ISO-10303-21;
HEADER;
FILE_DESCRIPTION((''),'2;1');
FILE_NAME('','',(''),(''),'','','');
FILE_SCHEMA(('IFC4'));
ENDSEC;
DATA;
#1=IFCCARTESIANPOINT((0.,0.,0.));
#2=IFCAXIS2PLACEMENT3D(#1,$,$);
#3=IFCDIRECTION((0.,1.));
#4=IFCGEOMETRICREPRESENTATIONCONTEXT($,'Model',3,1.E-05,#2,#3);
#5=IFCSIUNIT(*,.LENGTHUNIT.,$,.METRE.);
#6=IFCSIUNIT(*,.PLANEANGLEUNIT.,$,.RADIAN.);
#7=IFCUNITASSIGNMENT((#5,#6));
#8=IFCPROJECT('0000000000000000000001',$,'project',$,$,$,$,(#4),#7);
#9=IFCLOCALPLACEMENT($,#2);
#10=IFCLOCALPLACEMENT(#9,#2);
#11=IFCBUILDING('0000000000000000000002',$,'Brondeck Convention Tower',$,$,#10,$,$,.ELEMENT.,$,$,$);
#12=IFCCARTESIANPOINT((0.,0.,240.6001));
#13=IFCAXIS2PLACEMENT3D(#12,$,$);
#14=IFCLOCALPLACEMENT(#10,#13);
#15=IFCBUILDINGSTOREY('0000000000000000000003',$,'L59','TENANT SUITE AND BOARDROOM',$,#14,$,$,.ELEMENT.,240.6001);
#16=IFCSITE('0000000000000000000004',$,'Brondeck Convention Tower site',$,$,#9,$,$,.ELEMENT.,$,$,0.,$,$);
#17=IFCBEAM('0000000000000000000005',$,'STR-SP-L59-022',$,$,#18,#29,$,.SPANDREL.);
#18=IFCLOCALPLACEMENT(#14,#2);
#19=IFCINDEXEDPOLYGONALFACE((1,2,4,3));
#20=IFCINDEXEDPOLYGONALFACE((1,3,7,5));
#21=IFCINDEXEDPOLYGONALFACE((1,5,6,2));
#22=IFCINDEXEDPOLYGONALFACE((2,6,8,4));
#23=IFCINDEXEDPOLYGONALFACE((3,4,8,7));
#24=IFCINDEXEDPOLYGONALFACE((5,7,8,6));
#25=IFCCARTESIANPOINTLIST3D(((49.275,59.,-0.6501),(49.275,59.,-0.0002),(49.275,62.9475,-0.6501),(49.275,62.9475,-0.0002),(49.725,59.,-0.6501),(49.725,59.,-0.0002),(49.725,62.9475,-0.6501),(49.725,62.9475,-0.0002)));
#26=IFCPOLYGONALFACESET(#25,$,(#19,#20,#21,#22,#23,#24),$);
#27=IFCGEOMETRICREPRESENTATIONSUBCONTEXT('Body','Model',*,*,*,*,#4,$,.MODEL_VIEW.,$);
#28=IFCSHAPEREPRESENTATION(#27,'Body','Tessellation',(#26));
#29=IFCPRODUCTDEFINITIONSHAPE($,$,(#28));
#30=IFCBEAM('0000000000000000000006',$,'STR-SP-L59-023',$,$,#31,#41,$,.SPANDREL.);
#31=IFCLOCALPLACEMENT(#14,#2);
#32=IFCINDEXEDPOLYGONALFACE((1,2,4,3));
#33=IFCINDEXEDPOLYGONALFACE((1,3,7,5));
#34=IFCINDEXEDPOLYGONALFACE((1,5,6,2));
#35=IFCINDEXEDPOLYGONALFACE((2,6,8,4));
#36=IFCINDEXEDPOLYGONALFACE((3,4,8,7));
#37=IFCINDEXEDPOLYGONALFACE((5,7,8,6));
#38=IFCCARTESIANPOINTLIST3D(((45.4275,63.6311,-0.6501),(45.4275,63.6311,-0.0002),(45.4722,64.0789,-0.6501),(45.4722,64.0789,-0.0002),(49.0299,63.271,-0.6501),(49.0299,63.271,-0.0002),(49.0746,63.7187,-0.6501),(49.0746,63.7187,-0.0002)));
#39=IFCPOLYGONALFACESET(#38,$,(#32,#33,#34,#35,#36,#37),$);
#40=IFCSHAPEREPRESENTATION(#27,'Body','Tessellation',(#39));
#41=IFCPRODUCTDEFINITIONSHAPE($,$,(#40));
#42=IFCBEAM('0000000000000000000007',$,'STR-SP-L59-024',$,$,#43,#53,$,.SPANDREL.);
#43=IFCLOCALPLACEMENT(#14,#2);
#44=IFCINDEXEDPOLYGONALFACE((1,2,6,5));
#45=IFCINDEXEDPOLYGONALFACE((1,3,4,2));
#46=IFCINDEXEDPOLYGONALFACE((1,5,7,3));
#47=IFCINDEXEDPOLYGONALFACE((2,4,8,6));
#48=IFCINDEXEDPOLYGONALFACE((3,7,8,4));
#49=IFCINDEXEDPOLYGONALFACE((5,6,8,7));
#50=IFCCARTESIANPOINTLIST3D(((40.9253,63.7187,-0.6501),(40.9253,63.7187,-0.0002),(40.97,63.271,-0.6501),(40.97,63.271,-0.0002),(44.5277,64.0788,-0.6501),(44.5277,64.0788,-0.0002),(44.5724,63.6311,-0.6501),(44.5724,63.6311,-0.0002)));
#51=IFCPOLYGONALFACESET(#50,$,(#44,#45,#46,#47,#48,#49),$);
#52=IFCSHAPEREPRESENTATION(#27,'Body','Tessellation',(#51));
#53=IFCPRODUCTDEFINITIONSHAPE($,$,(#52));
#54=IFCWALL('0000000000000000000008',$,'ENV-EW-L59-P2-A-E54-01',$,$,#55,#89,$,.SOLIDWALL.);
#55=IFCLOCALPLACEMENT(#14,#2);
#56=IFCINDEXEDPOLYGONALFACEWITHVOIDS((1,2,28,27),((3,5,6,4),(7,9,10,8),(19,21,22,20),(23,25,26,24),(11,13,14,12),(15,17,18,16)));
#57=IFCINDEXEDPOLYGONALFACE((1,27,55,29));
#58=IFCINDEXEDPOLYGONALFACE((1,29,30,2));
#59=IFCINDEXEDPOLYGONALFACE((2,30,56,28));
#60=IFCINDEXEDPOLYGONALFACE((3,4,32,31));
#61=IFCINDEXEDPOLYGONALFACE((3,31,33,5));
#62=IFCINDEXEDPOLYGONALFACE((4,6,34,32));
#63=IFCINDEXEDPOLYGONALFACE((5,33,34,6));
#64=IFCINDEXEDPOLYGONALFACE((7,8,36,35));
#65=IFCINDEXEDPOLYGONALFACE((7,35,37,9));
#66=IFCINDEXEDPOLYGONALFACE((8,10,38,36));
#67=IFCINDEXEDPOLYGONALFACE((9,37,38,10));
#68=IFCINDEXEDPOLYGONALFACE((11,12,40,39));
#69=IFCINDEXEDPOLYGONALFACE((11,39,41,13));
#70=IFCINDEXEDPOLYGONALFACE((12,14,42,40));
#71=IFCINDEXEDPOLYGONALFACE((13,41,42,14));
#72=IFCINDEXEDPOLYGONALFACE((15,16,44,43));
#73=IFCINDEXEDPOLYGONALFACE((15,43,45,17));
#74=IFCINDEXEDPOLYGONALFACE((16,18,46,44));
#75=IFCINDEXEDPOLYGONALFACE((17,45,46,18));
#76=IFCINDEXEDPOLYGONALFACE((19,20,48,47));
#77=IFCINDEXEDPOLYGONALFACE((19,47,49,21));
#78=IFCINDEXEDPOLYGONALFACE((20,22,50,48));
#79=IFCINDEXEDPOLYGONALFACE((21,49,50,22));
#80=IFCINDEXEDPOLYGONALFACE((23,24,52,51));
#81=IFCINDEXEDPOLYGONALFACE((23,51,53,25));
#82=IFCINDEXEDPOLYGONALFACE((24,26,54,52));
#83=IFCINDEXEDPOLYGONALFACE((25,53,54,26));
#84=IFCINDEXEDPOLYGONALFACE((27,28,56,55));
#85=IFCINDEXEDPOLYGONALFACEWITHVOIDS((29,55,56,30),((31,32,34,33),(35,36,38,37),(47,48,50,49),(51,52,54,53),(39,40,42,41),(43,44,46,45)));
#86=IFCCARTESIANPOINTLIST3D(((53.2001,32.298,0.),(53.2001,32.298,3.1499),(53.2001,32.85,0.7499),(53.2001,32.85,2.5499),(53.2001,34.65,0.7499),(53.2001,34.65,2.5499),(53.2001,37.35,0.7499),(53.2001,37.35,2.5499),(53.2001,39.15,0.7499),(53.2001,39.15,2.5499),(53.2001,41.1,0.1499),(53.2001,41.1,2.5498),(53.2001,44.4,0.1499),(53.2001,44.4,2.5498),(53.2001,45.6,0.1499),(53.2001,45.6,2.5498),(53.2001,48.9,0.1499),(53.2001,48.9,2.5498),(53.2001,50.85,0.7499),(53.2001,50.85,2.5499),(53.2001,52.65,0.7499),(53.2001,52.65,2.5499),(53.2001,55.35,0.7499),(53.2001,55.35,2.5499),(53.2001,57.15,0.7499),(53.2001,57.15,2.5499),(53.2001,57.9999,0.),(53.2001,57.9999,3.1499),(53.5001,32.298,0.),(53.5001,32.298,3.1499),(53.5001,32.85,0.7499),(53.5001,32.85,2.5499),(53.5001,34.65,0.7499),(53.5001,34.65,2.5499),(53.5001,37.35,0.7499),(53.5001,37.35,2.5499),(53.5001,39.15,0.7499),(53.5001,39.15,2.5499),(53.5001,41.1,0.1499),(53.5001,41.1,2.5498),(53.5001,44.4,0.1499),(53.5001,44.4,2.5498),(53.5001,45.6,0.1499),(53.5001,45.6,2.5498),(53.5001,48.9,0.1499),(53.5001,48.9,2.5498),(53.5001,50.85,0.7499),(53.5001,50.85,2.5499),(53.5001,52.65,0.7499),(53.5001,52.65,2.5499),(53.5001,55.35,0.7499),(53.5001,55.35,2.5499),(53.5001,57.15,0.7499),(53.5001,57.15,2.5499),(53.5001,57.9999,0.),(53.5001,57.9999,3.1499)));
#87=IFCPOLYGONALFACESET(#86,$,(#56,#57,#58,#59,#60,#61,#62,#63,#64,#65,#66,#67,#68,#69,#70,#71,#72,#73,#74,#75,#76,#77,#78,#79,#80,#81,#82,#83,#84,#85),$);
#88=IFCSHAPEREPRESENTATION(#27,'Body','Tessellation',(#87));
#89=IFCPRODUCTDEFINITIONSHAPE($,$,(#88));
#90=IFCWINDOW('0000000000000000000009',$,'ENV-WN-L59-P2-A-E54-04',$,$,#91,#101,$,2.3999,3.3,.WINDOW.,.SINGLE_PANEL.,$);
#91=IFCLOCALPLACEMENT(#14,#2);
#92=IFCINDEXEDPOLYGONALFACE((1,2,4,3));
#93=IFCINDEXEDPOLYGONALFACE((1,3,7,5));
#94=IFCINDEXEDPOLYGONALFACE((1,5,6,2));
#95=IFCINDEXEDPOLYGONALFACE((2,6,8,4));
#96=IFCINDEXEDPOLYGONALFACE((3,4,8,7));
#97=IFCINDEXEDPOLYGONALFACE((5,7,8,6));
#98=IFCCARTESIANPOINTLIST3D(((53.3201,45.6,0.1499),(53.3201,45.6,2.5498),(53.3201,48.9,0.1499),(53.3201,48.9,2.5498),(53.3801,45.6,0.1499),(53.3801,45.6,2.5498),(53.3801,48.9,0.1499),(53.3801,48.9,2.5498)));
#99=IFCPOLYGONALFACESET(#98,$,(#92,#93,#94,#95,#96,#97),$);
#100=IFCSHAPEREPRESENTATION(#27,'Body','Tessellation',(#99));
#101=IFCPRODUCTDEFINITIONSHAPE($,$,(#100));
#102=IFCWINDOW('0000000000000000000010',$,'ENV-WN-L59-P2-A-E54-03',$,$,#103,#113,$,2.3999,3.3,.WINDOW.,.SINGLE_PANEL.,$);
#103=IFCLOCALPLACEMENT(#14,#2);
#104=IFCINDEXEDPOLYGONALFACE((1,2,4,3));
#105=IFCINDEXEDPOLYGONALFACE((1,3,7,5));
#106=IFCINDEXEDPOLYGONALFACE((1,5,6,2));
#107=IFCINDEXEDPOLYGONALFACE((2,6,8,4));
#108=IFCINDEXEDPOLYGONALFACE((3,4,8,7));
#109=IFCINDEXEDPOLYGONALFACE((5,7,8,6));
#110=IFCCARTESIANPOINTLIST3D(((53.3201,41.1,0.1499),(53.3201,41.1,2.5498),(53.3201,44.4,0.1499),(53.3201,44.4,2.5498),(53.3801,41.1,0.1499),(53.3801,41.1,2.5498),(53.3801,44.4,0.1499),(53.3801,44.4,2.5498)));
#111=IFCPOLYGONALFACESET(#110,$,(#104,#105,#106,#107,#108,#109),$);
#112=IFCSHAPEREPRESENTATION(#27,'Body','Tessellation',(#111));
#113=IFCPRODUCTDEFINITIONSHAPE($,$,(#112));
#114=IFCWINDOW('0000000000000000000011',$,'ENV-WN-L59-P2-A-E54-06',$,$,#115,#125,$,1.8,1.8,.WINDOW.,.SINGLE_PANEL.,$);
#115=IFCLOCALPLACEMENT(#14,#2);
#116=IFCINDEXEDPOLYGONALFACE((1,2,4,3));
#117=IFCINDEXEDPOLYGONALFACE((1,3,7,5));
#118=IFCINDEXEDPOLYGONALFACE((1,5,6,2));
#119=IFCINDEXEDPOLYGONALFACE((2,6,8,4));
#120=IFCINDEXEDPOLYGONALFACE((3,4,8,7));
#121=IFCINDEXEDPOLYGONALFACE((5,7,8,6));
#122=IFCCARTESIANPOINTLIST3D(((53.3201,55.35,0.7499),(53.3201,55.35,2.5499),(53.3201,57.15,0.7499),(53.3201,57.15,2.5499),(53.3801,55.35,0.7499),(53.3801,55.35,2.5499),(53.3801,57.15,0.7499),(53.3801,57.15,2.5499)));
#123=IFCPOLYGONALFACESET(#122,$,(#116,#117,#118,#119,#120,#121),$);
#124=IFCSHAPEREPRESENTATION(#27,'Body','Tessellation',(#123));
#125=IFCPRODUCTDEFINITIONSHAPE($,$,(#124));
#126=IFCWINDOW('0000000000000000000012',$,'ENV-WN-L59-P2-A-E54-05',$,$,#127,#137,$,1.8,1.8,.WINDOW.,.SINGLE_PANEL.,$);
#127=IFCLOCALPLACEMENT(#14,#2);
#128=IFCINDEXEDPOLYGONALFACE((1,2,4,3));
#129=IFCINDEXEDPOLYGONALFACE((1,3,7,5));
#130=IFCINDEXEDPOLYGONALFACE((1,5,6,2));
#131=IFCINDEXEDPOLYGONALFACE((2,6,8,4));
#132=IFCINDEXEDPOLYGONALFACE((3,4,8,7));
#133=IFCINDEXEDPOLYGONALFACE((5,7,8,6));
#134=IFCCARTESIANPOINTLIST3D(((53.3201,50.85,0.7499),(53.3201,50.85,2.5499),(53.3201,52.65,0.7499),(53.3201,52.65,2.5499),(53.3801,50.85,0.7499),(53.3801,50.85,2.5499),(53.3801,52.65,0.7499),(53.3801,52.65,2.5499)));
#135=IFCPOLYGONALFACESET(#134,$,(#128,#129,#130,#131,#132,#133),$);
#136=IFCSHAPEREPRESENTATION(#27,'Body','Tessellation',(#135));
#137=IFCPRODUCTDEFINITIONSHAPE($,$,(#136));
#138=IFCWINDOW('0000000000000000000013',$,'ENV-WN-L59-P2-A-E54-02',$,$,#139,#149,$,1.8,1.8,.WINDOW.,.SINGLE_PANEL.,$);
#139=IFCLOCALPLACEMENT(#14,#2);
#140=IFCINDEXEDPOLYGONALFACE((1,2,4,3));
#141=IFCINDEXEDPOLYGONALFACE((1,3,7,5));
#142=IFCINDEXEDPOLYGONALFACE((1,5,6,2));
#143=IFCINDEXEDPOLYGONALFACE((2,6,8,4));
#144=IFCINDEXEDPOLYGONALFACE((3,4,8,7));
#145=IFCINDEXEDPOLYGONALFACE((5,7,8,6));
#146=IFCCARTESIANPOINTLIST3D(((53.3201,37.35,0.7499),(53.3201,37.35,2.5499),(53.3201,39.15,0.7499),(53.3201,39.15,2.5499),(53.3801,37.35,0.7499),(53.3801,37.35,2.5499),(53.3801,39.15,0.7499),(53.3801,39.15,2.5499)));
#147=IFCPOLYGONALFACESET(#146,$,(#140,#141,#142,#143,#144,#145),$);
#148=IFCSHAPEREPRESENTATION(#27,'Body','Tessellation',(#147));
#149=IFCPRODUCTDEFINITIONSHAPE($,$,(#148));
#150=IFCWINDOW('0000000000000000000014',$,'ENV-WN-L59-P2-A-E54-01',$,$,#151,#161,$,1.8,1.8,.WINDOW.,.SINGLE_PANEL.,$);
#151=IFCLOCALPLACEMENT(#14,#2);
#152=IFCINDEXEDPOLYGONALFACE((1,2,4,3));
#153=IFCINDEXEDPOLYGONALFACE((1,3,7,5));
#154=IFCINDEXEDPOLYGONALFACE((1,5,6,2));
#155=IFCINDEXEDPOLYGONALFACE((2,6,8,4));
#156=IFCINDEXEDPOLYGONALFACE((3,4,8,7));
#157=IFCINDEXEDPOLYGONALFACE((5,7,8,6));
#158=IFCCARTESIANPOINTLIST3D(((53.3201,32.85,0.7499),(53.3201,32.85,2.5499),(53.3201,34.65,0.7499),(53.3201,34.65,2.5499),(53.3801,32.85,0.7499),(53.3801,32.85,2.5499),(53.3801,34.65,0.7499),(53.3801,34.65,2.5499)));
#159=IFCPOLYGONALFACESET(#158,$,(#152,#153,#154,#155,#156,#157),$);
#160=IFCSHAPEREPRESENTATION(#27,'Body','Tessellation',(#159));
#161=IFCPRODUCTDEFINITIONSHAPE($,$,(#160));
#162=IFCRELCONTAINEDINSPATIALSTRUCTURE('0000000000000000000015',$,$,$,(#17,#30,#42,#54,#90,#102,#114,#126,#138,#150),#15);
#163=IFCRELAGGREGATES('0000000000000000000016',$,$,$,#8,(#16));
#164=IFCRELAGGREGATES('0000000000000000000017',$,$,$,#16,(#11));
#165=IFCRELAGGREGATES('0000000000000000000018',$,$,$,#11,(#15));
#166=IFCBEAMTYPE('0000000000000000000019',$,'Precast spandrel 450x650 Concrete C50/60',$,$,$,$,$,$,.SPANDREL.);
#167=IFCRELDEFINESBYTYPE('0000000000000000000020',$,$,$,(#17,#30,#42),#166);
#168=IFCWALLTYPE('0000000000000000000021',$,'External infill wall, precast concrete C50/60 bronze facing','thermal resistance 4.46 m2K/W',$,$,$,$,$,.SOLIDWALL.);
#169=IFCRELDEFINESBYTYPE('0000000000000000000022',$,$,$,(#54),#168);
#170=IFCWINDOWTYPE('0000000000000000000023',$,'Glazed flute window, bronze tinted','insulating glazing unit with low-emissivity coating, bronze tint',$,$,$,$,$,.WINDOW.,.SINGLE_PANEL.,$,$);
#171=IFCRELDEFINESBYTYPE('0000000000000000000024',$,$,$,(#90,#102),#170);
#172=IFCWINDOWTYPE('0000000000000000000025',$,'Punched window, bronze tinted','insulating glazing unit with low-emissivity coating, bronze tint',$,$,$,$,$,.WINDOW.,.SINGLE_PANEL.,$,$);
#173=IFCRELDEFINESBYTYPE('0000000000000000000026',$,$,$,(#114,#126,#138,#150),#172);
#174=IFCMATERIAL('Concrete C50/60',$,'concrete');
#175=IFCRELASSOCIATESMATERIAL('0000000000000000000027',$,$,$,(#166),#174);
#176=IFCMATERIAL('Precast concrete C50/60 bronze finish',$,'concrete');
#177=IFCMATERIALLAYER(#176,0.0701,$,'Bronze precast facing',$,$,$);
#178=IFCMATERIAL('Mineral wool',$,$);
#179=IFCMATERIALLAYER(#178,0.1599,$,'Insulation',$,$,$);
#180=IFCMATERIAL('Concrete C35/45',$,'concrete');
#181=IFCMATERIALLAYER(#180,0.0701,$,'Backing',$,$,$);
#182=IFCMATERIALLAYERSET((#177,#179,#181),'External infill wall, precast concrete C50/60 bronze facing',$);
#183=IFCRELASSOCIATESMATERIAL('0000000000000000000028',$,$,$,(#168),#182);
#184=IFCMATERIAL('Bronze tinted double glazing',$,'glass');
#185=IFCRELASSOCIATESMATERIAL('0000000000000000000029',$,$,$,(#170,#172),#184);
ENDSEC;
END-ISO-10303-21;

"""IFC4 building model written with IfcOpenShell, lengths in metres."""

from ifc_helpers import new_model, si_unit, direction, frame, frame_2d, origin, origin_2d, place, context, subcontext, project, spatial, rectangle, extrude, material, layer, layer_set, material_profile, profile_set, type_object, element, fill, save


model = new_model("IFC4")

# Units and contexts
model_context = context("Model", 3, precision=1e-05, world=origin(), true_north=direction((0.0, 1.0)))
body_context = subcontext(model_context, "Body", "Model", "MODEL_VIEW")
ifc_project = project(units=[si_unit("LENGTHUNIT", "METRE"), si_unit("PLANEANGLEUNIT", "RADIAN")], contexts=[model_context])

# Site, building, storey
site_placement = place(None, origin())
site = spatial("IfcSite", under=ifc_project, at=site_placement, Name="Brondeck Convention Tower site", CompositionType="ELEMENT", RefElevation=0.0)
building_placement = place(site_placement, origin())
building = spatial("IfcBuilding", under=site, at=building_placement, Name="Brondeck Convention Tower", CompositionType="ELEMENT")
storey_placement = place(building_placement, frame((0.0, 0.0, 240.6001)))
storey = spatial("IfcBuildingStorey", under=building, at=storey_placement, Name="L59", Description="TENANT SUITE AND BOARDROOM", CompositionType="ELEMENT", Elevation=240.6001)

# Shared definitions
ifc_material_1 = material(Name="Concrete C50/60", Category="concrete")

# Beams
ifc_material_profile_1 = material_profile(ifc_material_1, rectangle(XDim=0.45, YDim=0.6499, at=origin_2d()), Name="Precast spandrel 450x650 Concrete C50/60")
ifc_profile_set_1 = profile_set([ifc_material_profile_1], Name="Concrete C50/60")
beam_type_1 = type_object("IfcBeamType", Name="Precast spandrel 450x650 Concrete C50/60", PredefinedType="SPANDREL", material=ifc_profile_set_1)
beam_1_placement = place(storey_placement, frame((49.5, 59.0, -0.3252), z_axis=(0.0, 1.0, 0.0), x_axis=(-1.0, 0.0, 0.0)))
element("IfcBeam", 1, at=beam_1_placement, inside=storey, type_object=beam_type_1, Name="STR-SP-L59-022", PredefinedType="SPANDREL", context=body_context, shape_type="SweptSolid", body=[
    extrude(rectangle(XDim=0.45, YDim=0.6499, at=origin_2d()), origin(), (0.0, 0.0, 1.0), 3.9475),
])
for number, where, z_axis, x_axis, name in (
    (2, (49.0522, 63.4949, -0.3252), (-0.995041, 0.09947, 0.0), (-0.09947, -0.995041, 0.0), "STR-SP-L59-023"),
    (3, (44.55, 63.855, -0.3252), (-0.995041, -0.09947, 0.0), (0.09947, -0.995041, 0.0), "STR-SP-L59-024"),
):
    element("IfcBeam", number, at=place(storey_placement, frame(where, z_axis=z_axis, x_axis=x_axis)), inside=storey, type_object=beam_type_1, Name=name, PredefinedType="SPANDREL", context=body_context, shape_type="SweptSolid", body=[
        extrude(rectangle(XDim=0.45, YDim=0.6499, at=origin_2d()), origin(), (0.0, 0.0, 1.0), 3.6204),
    ])

# Wall, openings, windows
ifc_material_2 = material(Name="Precast concrete C50/60 bronze finish", Category="concrete")
ifc_layer_1 = layer(ifc_material_2, 0.0701, Name="Bronze precast facing")
ifc_material_3 = material(Name="Mineral wool")
ifc_layer_2 = layer(ifc_material_3, 0.1599, Name="Insulation")
ifc_material_4 = material(Name="Concrete C35/45", Category="concrete")
ifc_layer_3 = layer(ifc_material_4, 0.0701, Name="Backing")
ifc_layer_set_1 = layer_set([ifc_layer_1, ifc_layer_2, ifc_layer_3], Name="External infill wall, precast concrete C50/60 bronze facing")
wall_type_1 = type_object("IfcWallType", Name="External infill wall, precast concrete C50/60 bronze facing", Description="thermal resistance 4.46 m2K/W", PredefinedType="SOLIDWALL", material=ifc_layer_set_1)
wall_1_placement = place(storey_placement, frame((53.3501, 58.0, 0.0), z_axis=(0.0, 0.0, 1.0), x_axis=(0.0, -1.0, 0.0)))
wall_1 = element("IfcWall", 4, at=wall_1_placement, inside=storey, type_object=wall_type_1, Name="ENV-EW-L59-P2-A-E54-01", PredefinedType="SOLIDWALL", context=body_context, shape_type="SweptSolid", body=[
    extrude(rectangle(XDim=25.7019, YDim=0.3, at=frame_2d((12.8511, 0.0))), origin(), (0.0, 0.0, 1.0), 3.1499),
])
opening_1_placement = place(wall_1_placement, frame((0.8501, 0.0, 0.75)))
opening_1 = element("IfcOpeningElement", 5, at=opening_1_placement, cuts=wall_1, PredefinedType="OPENING", context=body_context, shape_type="SweptSolid", body=[
    extrude(rectangle(XDim=1.8, YDim=1.8, at=frame_2d((0.8999, 0.8999))), frame((0.0, 0.1599, 0.0), z_axis=(0.0, -1.0, 0.0), x_axis=(1.0, 0.0, 0.0)), (0.0, 0.0, 1.0), 0.3201),
])
opening_2_placement = place(wall_1_placement, frame((5.3501, 0.0, 0.75)))
opening_2 = element("IfcOpeningElement", 6, at=opening_2_placement, cuts=wall_1, PredefinedType="OPENING", context=body_context, shape_type="SweptSolid", body=[
    extrude(rectangle(XDim=1.8, YDim=1.8, at=frame_2d((0.8999, 0.8999))), frame((0.0, 0.1599, 0.0), z_axis=(0.0, -1.0, 0.0), x_axis=(1.0, 0.0, 0.0)), (0.0, 0.0, 1.0), 0.3201),
])
opening_3_placement = place(wall_1_placement, frame((9.1001, 0.0, 0.1499)))
opening_3 = element("IfcOpeningElement", 7, at=opening_3_placement, cuts=wall_1, PredefinedType="OPENING", context=body_context, shape_type="SweptSolid", body=[
    extrude(rectangle(XDim=3.3, YDim=2.3999, at=frame_2d((1.6499, 1.2))), frame((0.0, 0.1599, 0.0), z_axis=(0.0, -1.0, 0.0), x_axis=(1.0, 0.0, 0.0)), (0.0, 0.0, 1.0), 0.3201),
])
opening_4_placement = place(wall_1_placement, frame((13.6001, 0.0, 0.1499)))
opening_4 = element("IfcOpeningElement", 8, at=opening_4_placement, cuts=wall_1, PredefinedType="OPENING", context=body_context, shape_type="SweptSolid", body=[
    extrude(rectangle(XDim=3.3, YDim=2.3999, at=frame_2d((1.6499, 1.2))), frame((0.0, 0.1599, 0.0), z_axis=(0.0, -1.0, 0.0), x_axis=(1.0, 0.0, 0.0)), (0.0, 0.0, 1.0), 0.3201),
])
opening_5_placement = place(wall_1_placement, frame((18.8501, 0.0, 0.75)))
opening_5 = element("IfcOpeningElement", 9, at=opening_5_placement, cuts=wall_1, PredefinedType="OPENING", context=body_context, shape_type="SweptSolid", body=[
    extrude(rectangle(XDim=1.8, YDim=1.8, at=frame_2d((0.8999, 0.8999))), frame((0.0, 0.1599, 0.0), z_axis=(0.0, -1.0, 0.0), x_axis=(1.0, 0.0, 0.0)), (0.0, 0.0, 1.0), 0.3201),
])
opening_6_placement = place(wall_1_placement, frame((23.3501, 0.0, 0.75)))
opening_6 = element("IfcOpeningElement", 10, at=opening_6_placement, cuts=wall_1, PredefinedType="OPENING", context=body_context, shape_type="SweptSolid", body=[
    extrude(rectangle(XDim=1.8, YDim=1.8, at=frame_2d((0.8999, 0.8999))), frame((0.0, 0.1599, 0.0), z_axis=(0.0, -1.0, 0.0), x_axis=(1.0, 0.0, 0.0)), (0.0, 0.0, 1.0), 0.3201),
])
ifc_material_5 = material(Name="Bronze tinted double glazing", Category="glass")
window_type_1 = type_object("IfcWindowType", Name="Glazed flute window, bronze tinted", Description="insulating glazing unit with low-emissivity coating, bronze tint", PartitioningType="SINGLE_PANEL", PredefinedType="WINDOW", material=ifc_material_5)
window_1_placement = place(opening_3_placement, origin())
window_1 = element("IfcWindow", 11, at=window_1_placement, inside=storey, type_object=window_type_1, Name="ENV-WN-L59-P2-A-E54-04", OverallHeight=2.3999, OverallWidth=3.3, PartitioningType="SINGLE_PANEL", PredefinedType="WINDOW", context=body_context, shape_type="SweptSolid", body=[
    extrude(rectangle(XDim=3.3, YDim=2.3999, at=frame_2d((1.6499, 1.2))), frame((0.0, 0.03, 0.0), z_axis=(0.0, -1.0, 0.0), x_axis=(1.0, 0.0, 0.0)), (0.0, 0.0, 1.0), 0.0601),
])
fill(opening_3, window_1)
window_2_placement = place(opening_4_placement, origin())
window_2 = element("IfcWindow", 12, at=window_2_placement, inside=storey, type_object=window_type_1, Name="ENV-WN-L59-P2-A-E54-03", OverallHeight=2.3999, OverallWidth=3.3, PartitioningType="SINGLE_PANEL", PredefinedType="WINDOW", context=body_context, shape_type="SweptSolid", body=[
    extrude(rectangle(XDim=3.3, YDim=2.3999, at=frame_2d((1.6499, 1.2))), frame((0.0, 0.03, 0.0), z_axis=(0.0, -1.0, 0.0), x_axis=(1.0, 0.0, 0.0)), (0.0, 0.0, 1.0), 0.0601),
])
fill(opening_4, window_2)
window_type_2 = type_object("IfcWindowType", Name="Punched window, bronze tinted", Description="insulating glazing unit with low-emissivity coating, bronze tint", PartitioningType="SINGLE_PANEL", PredefinedType="WINDOW", material=ifc_material_5)
window_3_placement = place(opening_1_placement, origin())
window_3 = element("IfcWindow", 13, at=window_3_placement, inside=storey, type_object=window_type_2, Name="ENV-WN-L59-P2-A-E54-06", OverallHeight=1.8, OverallWidth=1.8, PartitioningType="SINGLE_PANEL", PredefinedType="WINDOW", context=body_context, shape_type="SweptSolid", body=[
    extrude(rectangle(XDim=1.8, YDim=1.8, at=frame_2d((0.8999, 0.8999))), frame((0.0, 0.03, 0.0), z_axis=(0.0, -1.0, 0.0), x_axis=(1.0, 0.0, 0.0)), (0.0, 0.0, 1.0), 0.0601),
])
fill(opening_1, window_3)
window_4_placement = place(opening_2_placement, origin())
window_4 = element("IfcWindow", 14, at=window_4_placement, inside=storey, type_object=window_type_2, Name="ENV-WN-L59-P2-A-E54-05", OverallHeight=1.8, OverallWidth=1.8, PartitioningType="SINGLE_PANEL", PredefinedType="WINDOW", context=body_context, shape_type="SweptSolid", body=[
    extrude(rectangle(XDim=1.8, YDim=1.8, at=frame_2d((0.8999, 0.8999))), frame((0.0, 0.03, 0.0), z_axis=(0.0, -1.0, 0.0), x_axis=(1.0, 0.0, 0.0)), (0.0, 0.0, 1.0), 0.0601),
])
fill(opening_2, window_4)
window_5_placement = place(opening_5_placement, origin())
window_5 = element("IfcWindow", 15, at=window_5_placement, inside=storey, type_object=window_type_2, Name="ENV-WN-L59-P2-A-E54-02", OverallHeight=1.8, OverallWidth=1.8, PartitioningType="SINGLE_PANEL", PredefinedType="WINDOW", context=body_context, shape_type="SweptSolid", body=[
    extrude(rectangle(XDim=1.8, YDim=1.8, at=frame_2d((0.8999, 0.8999))), frame((0.0, 0.03, 0.0), z_axis=(0.0, -1.0, 0.0), x_axis=(1.0, 0.0, 0.0)), (0.0, 0.0, 1.0), 0.0601),
])
fill(opening_5, window_5)
window_6_placement = place(opening_6_placement, origin())
window_6 = element("IfcWindow", 16, at=window_6_placement, inside=storey, type_object=window_type_2, Name="ENV-WN-L59-P2-A-E54-01", OverallHeight=1.8, OverallWidth=1.8, PartitioningType="SINGLE_PANEL", PredefinedType="WINDOW", context=body_context, shape_type="SweptSolid", body=[
    extrude(rectangle(XDim=1.8, YDim=1.8, at=frame_2d((0.8999, 0.8999))), frame((0.0, 0.03, 0.0), z_axis=(0.0, -1.0, 0.0), x_axis=(1.0, 0.0, 0.0)), (0.0, 0.0, 1.0), 0.0601),
])
fill(opening_6, window_6)

save(model, "model.ifc")
